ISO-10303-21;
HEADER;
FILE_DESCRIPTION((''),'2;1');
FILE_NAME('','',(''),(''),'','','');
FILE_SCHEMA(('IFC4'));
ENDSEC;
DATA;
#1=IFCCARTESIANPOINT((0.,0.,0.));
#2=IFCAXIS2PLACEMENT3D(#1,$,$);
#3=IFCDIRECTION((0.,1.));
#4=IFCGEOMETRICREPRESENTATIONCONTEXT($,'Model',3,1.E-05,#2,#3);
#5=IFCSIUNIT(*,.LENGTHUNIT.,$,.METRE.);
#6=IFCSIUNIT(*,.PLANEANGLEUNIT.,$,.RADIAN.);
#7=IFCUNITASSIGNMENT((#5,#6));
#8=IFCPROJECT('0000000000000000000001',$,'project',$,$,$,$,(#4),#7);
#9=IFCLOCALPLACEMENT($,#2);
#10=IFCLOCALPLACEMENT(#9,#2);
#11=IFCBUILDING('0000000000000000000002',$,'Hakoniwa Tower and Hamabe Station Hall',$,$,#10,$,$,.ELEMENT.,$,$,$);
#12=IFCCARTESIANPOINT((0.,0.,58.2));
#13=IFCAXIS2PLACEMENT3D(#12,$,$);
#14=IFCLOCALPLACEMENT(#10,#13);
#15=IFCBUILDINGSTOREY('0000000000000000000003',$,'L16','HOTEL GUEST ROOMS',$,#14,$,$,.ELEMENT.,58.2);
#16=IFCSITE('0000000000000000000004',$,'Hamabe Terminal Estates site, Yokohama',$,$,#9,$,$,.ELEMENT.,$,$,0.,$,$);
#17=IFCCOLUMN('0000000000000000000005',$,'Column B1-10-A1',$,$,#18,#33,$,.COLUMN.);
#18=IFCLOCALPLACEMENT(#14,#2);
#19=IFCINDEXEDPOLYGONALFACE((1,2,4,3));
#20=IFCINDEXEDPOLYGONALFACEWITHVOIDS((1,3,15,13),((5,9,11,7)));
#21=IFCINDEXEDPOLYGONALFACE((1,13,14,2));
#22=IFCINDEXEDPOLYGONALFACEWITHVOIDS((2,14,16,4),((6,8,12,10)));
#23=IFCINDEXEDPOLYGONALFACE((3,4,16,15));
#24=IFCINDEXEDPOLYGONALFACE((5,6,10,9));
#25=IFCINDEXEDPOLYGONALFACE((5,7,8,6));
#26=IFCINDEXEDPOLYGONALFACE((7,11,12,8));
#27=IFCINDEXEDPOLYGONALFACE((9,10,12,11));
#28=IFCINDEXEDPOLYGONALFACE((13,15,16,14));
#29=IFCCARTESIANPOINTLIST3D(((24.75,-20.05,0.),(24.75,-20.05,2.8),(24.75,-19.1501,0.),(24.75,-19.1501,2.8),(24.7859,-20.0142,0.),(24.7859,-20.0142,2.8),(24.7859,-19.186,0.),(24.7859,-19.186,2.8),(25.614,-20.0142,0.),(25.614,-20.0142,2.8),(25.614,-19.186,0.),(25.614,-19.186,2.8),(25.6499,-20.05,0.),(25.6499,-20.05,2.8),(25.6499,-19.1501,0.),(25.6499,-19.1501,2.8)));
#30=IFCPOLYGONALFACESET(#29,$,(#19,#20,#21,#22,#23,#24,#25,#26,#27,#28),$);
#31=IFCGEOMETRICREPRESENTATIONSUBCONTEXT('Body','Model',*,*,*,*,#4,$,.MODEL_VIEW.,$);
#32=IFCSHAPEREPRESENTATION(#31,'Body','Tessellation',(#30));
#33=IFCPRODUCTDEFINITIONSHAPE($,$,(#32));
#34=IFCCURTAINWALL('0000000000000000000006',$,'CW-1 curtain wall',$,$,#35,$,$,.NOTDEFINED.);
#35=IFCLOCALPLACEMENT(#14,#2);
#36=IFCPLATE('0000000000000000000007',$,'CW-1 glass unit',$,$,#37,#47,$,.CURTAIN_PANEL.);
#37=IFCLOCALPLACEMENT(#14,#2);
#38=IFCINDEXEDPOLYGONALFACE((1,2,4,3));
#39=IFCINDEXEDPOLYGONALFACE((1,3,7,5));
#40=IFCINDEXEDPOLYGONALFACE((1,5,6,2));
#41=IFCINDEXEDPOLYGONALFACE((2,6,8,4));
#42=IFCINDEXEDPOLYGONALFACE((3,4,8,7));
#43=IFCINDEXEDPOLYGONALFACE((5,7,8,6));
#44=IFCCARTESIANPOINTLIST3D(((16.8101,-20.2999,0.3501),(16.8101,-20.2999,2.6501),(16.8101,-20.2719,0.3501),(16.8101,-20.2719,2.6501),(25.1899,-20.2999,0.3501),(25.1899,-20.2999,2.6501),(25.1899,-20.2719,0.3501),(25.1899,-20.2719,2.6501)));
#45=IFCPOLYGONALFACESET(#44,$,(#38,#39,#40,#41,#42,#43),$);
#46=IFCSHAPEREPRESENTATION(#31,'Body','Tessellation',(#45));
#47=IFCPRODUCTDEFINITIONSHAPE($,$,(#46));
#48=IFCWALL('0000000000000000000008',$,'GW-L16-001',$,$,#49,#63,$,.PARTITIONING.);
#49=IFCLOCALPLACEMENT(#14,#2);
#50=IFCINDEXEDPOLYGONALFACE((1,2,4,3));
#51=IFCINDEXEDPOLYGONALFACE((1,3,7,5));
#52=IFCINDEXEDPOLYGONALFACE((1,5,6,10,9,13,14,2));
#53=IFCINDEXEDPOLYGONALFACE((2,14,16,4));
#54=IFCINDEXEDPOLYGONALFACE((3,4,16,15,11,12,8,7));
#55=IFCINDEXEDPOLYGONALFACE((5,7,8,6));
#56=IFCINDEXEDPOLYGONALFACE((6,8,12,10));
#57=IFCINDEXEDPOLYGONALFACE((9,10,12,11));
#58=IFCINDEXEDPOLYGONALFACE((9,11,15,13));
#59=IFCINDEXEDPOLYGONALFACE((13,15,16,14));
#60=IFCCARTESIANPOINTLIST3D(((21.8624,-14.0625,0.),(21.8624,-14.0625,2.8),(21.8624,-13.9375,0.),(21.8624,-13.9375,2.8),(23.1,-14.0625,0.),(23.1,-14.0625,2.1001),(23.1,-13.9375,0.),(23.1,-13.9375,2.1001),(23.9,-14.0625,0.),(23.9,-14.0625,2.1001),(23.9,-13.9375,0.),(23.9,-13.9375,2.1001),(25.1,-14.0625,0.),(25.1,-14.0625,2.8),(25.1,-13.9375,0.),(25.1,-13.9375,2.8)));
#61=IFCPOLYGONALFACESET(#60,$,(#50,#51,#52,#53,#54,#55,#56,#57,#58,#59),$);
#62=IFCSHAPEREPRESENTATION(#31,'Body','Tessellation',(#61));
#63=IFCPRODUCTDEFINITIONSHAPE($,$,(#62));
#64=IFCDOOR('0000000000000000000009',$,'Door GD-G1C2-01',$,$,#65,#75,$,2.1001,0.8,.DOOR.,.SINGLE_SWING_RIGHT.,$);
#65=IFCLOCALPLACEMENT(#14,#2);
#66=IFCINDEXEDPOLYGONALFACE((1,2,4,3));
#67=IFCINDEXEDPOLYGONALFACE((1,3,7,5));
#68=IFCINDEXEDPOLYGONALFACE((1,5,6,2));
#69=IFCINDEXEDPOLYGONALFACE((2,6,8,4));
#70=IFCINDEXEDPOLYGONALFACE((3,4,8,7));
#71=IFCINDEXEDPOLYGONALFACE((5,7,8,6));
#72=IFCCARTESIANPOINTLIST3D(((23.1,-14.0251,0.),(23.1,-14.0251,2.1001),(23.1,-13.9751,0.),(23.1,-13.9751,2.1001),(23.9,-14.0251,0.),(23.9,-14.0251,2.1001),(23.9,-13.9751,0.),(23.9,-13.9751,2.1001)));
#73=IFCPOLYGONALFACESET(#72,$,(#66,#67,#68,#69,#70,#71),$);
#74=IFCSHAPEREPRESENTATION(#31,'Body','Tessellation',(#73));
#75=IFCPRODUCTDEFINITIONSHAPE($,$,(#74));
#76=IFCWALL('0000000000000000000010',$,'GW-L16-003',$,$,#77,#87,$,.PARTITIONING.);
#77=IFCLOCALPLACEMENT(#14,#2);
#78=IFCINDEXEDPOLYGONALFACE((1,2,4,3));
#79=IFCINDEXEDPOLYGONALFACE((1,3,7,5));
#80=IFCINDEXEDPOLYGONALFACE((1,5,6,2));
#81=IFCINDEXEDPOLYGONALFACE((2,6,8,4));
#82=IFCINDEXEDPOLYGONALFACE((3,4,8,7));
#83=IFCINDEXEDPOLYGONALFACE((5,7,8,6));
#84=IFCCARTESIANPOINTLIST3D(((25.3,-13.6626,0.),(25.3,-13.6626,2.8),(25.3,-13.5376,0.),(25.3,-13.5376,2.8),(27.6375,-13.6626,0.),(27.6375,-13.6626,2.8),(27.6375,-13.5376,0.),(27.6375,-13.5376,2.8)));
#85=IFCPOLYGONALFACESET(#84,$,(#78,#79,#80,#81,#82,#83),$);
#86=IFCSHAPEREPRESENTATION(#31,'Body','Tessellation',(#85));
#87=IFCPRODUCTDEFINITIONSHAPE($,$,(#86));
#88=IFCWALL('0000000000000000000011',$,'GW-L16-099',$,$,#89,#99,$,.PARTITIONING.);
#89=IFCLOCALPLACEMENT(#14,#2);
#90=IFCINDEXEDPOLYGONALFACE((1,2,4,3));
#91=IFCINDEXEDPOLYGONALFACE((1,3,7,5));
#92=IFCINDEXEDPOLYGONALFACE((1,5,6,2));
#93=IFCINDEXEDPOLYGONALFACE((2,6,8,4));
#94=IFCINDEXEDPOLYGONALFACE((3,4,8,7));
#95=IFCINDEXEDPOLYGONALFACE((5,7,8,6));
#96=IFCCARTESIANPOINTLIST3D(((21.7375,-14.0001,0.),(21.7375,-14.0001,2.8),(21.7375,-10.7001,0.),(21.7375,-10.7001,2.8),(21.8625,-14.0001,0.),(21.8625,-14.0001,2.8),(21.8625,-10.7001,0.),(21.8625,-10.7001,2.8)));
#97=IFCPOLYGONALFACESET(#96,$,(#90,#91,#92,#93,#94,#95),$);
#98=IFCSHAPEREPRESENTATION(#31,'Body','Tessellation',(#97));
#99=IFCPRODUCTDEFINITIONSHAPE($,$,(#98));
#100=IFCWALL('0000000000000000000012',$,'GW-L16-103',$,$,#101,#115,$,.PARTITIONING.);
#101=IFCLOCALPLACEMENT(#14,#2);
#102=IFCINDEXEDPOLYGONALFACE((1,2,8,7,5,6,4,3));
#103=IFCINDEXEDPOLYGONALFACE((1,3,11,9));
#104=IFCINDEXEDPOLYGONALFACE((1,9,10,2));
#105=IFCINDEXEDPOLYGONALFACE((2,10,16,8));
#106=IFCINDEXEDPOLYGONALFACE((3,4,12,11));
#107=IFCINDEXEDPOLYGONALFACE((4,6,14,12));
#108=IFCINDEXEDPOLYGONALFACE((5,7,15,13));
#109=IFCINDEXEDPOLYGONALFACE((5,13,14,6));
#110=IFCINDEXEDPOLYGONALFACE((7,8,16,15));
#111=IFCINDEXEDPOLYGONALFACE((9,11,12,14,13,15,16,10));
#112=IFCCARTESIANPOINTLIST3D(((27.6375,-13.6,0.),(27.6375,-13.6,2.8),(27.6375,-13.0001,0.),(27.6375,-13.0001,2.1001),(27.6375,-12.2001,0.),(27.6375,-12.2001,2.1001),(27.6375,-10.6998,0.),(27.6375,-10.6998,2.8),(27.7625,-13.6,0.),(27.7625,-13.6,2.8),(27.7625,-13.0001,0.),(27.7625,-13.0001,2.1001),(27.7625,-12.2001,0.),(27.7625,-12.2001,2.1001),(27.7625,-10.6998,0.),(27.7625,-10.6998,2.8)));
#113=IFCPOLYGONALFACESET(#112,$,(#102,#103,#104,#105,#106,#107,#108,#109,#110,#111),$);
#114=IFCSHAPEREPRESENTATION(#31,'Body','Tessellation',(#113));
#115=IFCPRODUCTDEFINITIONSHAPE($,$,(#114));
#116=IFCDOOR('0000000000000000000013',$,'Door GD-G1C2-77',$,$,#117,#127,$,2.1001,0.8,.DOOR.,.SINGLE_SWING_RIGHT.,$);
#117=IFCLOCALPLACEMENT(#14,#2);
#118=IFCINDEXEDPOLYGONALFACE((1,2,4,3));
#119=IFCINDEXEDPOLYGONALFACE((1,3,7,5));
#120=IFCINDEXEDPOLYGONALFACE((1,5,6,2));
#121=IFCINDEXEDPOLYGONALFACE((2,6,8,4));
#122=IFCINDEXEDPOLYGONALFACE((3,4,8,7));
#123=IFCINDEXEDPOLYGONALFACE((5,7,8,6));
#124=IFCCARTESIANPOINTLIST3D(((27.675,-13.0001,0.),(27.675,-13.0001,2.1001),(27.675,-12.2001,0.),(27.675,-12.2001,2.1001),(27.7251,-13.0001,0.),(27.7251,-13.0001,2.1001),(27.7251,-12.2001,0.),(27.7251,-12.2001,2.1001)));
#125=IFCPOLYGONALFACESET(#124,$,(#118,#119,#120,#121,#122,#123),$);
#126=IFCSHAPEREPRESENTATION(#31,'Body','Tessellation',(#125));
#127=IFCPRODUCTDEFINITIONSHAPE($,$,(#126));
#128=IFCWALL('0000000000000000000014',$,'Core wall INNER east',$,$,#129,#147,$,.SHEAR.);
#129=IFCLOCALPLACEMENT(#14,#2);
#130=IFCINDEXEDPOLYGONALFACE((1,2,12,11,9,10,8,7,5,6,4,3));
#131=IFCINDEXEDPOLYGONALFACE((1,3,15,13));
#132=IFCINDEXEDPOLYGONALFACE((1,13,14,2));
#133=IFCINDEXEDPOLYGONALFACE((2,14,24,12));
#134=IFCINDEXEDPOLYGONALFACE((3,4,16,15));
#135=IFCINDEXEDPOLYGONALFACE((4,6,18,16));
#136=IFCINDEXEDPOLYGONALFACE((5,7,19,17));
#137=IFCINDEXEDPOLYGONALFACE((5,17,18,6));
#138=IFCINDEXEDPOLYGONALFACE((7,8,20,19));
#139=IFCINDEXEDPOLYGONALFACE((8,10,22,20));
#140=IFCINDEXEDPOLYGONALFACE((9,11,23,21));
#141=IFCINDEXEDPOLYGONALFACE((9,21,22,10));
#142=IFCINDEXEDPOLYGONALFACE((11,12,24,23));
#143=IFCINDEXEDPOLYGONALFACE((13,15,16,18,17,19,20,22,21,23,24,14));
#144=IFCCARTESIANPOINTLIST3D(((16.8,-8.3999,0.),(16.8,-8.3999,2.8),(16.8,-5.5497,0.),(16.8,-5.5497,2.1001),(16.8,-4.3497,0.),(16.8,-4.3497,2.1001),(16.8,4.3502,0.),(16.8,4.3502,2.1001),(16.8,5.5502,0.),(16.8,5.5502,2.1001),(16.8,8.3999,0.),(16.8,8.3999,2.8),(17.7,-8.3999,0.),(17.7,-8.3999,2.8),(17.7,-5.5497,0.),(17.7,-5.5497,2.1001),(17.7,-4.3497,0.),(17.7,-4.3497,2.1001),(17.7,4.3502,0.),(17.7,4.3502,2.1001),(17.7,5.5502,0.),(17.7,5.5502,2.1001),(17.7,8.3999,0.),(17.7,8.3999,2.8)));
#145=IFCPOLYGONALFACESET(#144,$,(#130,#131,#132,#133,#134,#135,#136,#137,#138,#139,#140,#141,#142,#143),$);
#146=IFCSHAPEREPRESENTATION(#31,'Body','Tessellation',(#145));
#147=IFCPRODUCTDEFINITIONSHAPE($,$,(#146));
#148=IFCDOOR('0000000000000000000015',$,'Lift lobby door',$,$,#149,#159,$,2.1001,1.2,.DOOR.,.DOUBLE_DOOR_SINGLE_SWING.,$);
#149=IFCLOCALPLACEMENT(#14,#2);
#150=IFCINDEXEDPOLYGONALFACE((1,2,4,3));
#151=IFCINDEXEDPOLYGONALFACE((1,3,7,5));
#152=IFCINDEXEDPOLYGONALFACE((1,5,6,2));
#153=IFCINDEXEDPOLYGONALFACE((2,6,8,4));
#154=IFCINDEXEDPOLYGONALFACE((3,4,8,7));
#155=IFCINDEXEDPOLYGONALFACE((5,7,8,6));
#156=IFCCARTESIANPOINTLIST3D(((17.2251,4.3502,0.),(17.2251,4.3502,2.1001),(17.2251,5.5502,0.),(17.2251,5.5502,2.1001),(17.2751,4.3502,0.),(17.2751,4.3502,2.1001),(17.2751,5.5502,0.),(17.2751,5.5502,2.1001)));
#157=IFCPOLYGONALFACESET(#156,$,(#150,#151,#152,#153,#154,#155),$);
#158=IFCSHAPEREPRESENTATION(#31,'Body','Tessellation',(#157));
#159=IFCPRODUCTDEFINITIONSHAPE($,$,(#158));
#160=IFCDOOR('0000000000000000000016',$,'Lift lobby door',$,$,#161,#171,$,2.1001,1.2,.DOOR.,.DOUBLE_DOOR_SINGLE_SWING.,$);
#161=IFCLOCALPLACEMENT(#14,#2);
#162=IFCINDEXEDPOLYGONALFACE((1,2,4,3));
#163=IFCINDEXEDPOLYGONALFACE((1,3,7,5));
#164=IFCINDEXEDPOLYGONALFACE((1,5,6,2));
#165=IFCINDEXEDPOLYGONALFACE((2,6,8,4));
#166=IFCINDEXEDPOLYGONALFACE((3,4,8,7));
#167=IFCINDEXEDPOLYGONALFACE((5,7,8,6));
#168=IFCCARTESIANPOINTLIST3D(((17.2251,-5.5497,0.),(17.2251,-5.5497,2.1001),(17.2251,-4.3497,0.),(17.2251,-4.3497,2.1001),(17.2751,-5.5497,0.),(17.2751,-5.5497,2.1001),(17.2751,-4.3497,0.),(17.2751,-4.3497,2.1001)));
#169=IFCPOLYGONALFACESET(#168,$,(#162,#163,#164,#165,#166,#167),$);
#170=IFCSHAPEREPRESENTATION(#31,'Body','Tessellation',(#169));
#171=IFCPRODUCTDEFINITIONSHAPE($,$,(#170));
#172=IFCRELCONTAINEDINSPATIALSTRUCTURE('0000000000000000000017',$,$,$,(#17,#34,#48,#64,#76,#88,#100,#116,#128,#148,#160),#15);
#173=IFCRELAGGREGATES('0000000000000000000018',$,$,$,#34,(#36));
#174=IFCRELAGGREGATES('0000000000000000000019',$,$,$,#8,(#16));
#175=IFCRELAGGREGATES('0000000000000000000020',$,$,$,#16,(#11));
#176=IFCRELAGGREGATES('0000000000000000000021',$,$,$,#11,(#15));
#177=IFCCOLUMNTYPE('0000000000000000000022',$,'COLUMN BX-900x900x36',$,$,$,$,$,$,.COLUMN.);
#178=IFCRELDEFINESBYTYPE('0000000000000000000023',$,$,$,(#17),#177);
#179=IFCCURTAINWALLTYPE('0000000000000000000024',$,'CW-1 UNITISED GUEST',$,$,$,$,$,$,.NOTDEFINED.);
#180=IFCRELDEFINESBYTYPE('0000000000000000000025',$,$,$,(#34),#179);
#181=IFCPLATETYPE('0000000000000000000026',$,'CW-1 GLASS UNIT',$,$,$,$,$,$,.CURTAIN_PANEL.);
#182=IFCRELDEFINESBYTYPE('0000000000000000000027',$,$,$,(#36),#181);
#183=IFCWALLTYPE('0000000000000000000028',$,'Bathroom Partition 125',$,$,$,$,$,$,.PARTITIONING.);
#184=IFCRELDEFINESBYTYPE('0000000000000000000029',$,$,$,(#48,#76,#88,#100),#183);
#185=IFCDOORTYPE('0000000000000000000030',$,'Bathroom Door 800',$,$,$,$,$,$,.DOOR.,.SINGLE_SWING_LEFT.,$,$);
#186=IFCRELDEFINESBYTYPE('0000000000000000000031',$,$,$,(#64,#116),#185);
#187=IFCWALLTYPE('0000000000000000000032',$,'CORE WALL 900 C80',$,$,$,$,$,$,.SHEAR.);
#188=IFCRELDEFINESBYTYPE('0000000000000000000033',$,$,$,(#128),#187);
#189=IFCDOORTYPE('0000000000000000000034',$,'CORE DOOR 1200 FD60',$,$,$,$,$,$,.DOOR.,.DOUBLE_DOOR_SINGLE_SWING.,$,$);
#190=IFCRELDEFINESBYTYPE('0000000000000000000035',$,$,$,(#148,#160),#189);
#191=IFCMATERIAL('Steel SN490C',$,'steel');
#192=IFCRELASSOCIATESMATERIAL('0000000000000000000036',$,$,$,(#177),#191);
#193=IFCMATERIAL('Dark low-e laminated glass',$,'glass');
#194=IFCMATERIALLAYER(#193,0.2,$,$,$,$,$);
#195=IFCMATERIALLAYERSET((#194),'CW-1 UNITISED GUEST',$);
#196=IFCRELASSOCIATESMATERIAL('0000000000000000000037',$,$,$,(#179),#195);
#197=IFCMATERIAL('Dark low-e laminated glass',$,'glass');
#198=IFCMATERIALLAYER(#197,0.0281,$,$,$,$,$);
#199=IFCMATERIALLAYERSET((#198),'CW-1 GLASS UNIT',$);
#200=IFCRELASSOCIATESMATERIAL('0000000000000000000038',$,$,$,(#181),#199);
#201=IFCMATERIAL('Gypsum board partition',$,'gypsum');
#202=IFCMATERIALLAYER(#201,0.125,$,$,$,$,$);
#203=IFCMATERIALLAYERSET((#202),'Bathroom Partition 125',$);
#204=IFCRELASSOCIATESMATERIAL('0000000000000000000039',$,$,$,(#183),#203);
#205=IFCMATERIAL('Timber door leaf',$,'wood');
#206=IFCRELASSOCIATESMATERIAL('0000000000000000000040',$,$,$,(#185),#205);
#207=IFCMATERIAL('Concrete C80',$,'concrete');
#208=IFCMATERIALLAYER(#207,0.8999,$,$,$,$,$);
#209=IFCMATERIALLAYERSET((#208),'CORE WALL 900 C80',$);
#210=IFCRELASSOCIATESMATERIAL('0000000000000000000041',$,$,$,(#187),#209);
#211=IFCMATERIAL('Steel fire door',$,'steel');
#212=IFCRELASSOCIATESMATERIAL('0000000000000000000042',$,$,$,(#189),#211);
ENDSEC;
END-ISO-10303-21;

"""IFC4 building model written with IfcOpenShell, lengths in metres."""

from ifc_helpers import new_model, si_unit, direction, frame, frame_2d, origin, origin_2d, place, context, subcontext, project, spatial, rectangle, hollow_rectangle, extrude, material, layer, layer_set, material_profile, profile_set, type_object, element, fill, aggregate, save


model = new_model("IFC4")

# Units and contexts
model_context = context("Model", 3, precision=1e-05, world=origin(), true_north=direction((0.0, 1.0)))
body_context = subcontext(model_context, "Body", "Model", "MODEL_VIEW")
ifc_project = project(units=[si_unit("LENGTHUNIT", "METRE"), si_unit("PLANEANGLEUNIT", "RADIAN")], contexts=[model_context])

# Site, building, storey
site_placement = place(None, origin())
site = spatial("IfcSite", under=ifc_project, at=site_placement, Name="Hamabe Terminal Estates site, Yokohama", CompositionType="ELEMENT", RefElevation=0.0)
building_placement = place(site_placement, origin())
building = spatial("IfcBuilding", under=site, at=building_placement, Name="Hakoniwa Tower and Hamabe Station Hall", CompositionType="ELEMENT")
storey_placement = place(building_placement, frame((0.0, 0.0, 58.2)))
storey = spatial("IfcBuildingStorey", under=building, at=storey_placement, Name="L16", Description="HOTEL GUEST ROOMS", CompositionType="ELEMENT", Elevation=58.2)

# Column
ifc_material_1 = material(Name="Steel SN490C", Category="steel")
ifc_material_profile = material_profile(ifc_material_1, hollow_rectangle(XDim=0.8999, YDim=0.8999, WallThickness=0.0359, at=origin_2d()), Name="BX-900x900x36")
ifc_profile_set = profile_set([ifc_material_profile], Name="Steel SN490C")
column_type = type_object("IfcColumnType", Name="COLUMN BX-900x900x36", PredefinedType="COLUMN", material=ifc_profile_set)
column_placement = place(storey_placement, frame((25.2, -19.6001, 0.0), z_axis=(0.0, 0.0, 1.0), x_axis=(1.0, 0.0, 0.0)))
element("IfcColumn", 1, at=column_placement, inside=storey, type_object=column_type, Name="Column B1-10-A1", PredefinedType="COLUMN", context=body_context, shape_type="SweptSolid", body=[
    extrude(hollow_rectangle(XDim=0.8999, YDim=0.8999, WallThickness=0.0359, at=origin_2d()), origin(), (0.0, 0.0, 1.0), 2.8),
])

# Curtain wall, plate
ifc_material_2 = material(Name="Dark low-e laminated glass", Category="glass")
ifc_layer_1 = layer(ifc_material_2, 0.2)
ifc_layer_set_1 = layer_set([ifc_layer_1], Name="CW-1 UNITISED GUEST")
curtain_wall_type = type_object("IfcCurtainWallType", Name="CW-1 UNITISED GUEST", PredefinedType="NOTDEFINED", material=ifc_layer_set_1)
curtain_wall_placement = place(storey_placement, origin())
curtain_wall = element("IfcCurtainWall", 2, at=curtain_wall_placement, inside=storey, type_object=curtain_wall_type, Name="CW-1 curtain wall", PredefinedType="NOTDEFINED")
ifc_material_3 = material(Name="Dark low-e laminated glass", Category="glass")
ifc_layer_2 = layer(ifc_material_3, 0.0281)
ifc_layer_set_2 = layer_set([ifc_layer_2], Name="CW-1 GLASS UNIT")
plate_type = type_object("IfcPlateType", Name="CW-1 GLASS UNIT", PredefinedType="CURTAIN_PANEL", material=ifc_layer_set_2)
plate_placement = place(storey_placement, frame((21.0, -20.2859, 0.3501), z_axis=(0.0, 0.0, 1.0), x_axis=(1.0, 0.0, 0.0)))
plate = element("IfcPlate", 3, at=plate_placement, type_object=plate_type, Name="CW-1 glass unit", PredefinedType="CURTAIN_PANEL", context=body_context, shape_type="SweptSolid", body=[
    extrude(rectangle(XDim=8.3799, YDim=0.0281, at=origin_2d()), origin(), (0.0, 0.0, 1.0), 2.3),
])
aggregate(curtain_wall, [plate])

# Wall, opening, door
ifc_material_4 = material(Name="Gypsum board partition", Category="gypsum")
ifc_layer_3 = layer(ifc_material_4, 0.125)
ifc_layer_set_3 = layer_set([ifc_layer_3], Name="Bathroom Partition 125")
wall_type_1 = type_object("IfcWallType", Name="Bathroom Partition 125", PredefinedType="PARTITIONING", material=ifc_layer_set_3)
wall_1_placement = place(storey_placement, frame((21.8625, -14.0, 0.0), z_axis=(0.0, 0.0, 1.0), x_axis=(1.0, 0.0, 0.0)))
wall_1 = element("IfcWall", 4, at=wall_1_placement, inside=storey, type_object=wall_type_1, Name="GW-L16-001", PredefinedType="PARTITIONING", context=body_context, shape_type="SweptSolid", body=[
    extrude(rectangle(XDim=3.2375, YDim=0.125, at=frame_2d((1.6187, 0.0))), origin(), (0.0, 0.0, 1.0), 2.8),
])
opening_1_placement = place(wall_1_placement, frame((1.2375, 0.0, 0.0)))
opening_1 = element("IfcOpeningElement", 5, at=opening_1_placement, cuts=wall_1, PredefinedType="OPENING", context=body_context, shape_type="SweptSolid", body=[
    extrude(rectangle(XDim=0.8, YDim=2.1001, at=frame_2d((0.3999, 1.05))), frame((0.0, 0.0725, 0.0), z_axis=(0.0, -1.0, 0.0), x_axis=(1.0, 0.0, 0.0)), (0.0, 0.0, 1.0), 0.145),
])
ifc_material_5 = material(Name="Timber door leaf", Category="wood")
door_type_1 = type_object("IfcDoorType", Name="Bathroom Door 800", OperationType="SINGLE_SWING_LEFT", PredefinedType="DOOR", material=ifc_material_5)
door_1_placement = place(opening_1_placement, origin())
door_1 = element("IfcDoor", 6, at=door_1_placement, inside=storey, type_object=door_type_1, Name="Door GD-G1C2-01", OperationType="SINGLE_SWING_RIGHT", OverallHeight=2.1001, OverallWidth=0.8, PredefinedType="DOOR", context=body_context, shape_type="SweptSolid", body=[
    extrude(rectangle(XDim=0.8, YDim=2.1001, at=frame_2d((0.3999, 1.05))), frame((0.0, 0.0249, 0.0), z_axis=(0.0, -1.0, 0.0), x_axis=(1.0, 0.0, 0.0)), (0.0, 0.0, 1.0), 0.05),
])
fill(opening_1, door_1)

# Walls
wall_2_placement = place(storey_placement, frame((25.3, -13.6001, 0.0), z_axis=(0.0, 0.0, 1.0), x_axis=(1.0, 0.0, 0.0)))
element("IfcWall", 7, at=wall_2_placement, inside=storey, type_object=wall_type_1, Name="GW-L16-003", PredefinedType="PARTITIONING", context=body_context, shape_type="SweptSolid", body=[
    extrude(rectangle(XDim=2.3374, YDim=0.125, at=frame_2d((1.1687, 0.0))), origin(), (0.0, 0.0, 1.0), 2.8),
])
wall_3_placement = place(storey_placement, frame((21.8, -14.0, 0.0), z_axis=(0.0, 0.0, 1.0), x_axis=(0.0, 1.0, 0.0)))
element("IfcWall", 8, at=wall_3_placement, inside=storey, type_object=wall_type_1, Name="GW-L16-099", PredefinedType="PARTITIONING", context=body_context, shape_type="SweptSolid", body=[
    extrude(rectangle(XDim=3.3, YDim=0.125, at=frame_2d((1.6499, 0.0))), origin(), (0.0, 0.0, 1.0), 2.8),
])

# Wall, opening, door
wall_4_placement = place(storey_placement, frame((27.7, -13.6001, 0.0), z_axis=(0.0, 0.0, 1.0), x_axis=(0.0, 1.0, 0.0)))
wall_4 = element("IfcWall", 9, at=wall_4_placement, inside=storey, type_object=wall_type_1, Name="GW-L16-103", PredefinedType="PARTITIONING", context=body_context, shape_type="SweptSolid", body=[
    extrude(rectangle(XDim=2.9001, YDim=0.125, at=frame_2d((1.4502, 0.0))), origin(), (0.0, 0.0, 1.0), 2.8),
])
opening_2_placement = place(wall_4_placement, frame((0.6001, 0.0, 0.0)))
opening_2 = element("IfcOpeningElement", 10, at=opening_2_placement, cuts=wall_4, PredefinedType="OPENING", context=body_context, shape_type="SweptSolid", body=[
    extrude(rectangle(XDim=0.8, YDim=2.1001, at=frame_2d((0.3999, 1.05))), frame((0.0, 0.0725, 0.0), z_axis=(0.0, -1.0, 0.0), x_axis=(1.0, 0.0, 0.0)), (0.0, 0.0, 1.0), 0.145),
])
door_2_placement = place(opening_2_placement, origin())
door_2 = element("IfcDoor", 11, at=door_2_placement, inside=storey, type_object=door_type_1, Name="Door GD-G1C2-77", OperationType="SINGLE_SWING_RIGHT", OverallHeight=2.1001, OverallWidth=0.8, PredefinedType="DOOR", context=body_context, shape_type="SweptSolid", body=[
    extrude(rectangle(XDim=0.8, YDim=2.1001, at=frame_2d((0.3999, 1.05))), frame((0.0, 0.0249, 0.0), z_axis=(0.0, -1.0, 0.0), x_axis=(1.0, 0.0, 0.0)), (0.0, 0.0, 1.0), 0.05),
])
fill(opening_2, door_2)

# Wall, openings, doors
ifc_material_6 = material(Name="Concrete C80", Category="concrete")
ifc_layer_4 = layer(ifc_material_6, 0.8999)
ifc_layer_set_4 = layer_set([ifc_layer_4], Name="CORE WALL 900 C80")
wall_type_2 = type_object("IfcWallType", Name="CORE WALL 900 C80", PredefinedType="SHEAR", material=ifc_layer_set_4)
wall_5_placement = place(storey_placement, frame((17.25, -8.3999, 0.0), z_axis=(0.0, 0.0, 1.0), x_axis=(0.0, 1.0, 0.0)))
wall_5 = element("IfcWall", 12, at=wall_5_placement, inside=storey, type_object=wall_type_2, Name="Core wall INNER east", PredefinedType="SHEAR", context=body_context, shape_type="SweptSolid", body=[
    extrude(rectangle(XDim=16.7998, YDim=0.8999, at=frame_2d((8.3999, 0.0))), origin(), (0.0, 0.0, 1.0), 2.8),
])
opening_3_placement = place(wall_5_placement, frame((12.75, 0.0, 0.0)))
opening_3 = element("IfcOpeningElement", 13, at=opening_3_placement, cuts=wall_5, PredefinedType="OPENING", context=body_context, shape_type="SweptSolid", body=[
    extrude(rectangle(XDim=1.2, YDim=2.1001, at=frame_2d((0.6001, 1.05))), frame((0.0, 0.46, 0.0), z_axis=(0.0, -1.0, 0.0), x_axis=(1.0, 0.0, 0.0)), (0.0, 0.0, 1.0), 0.9199),
])
opening_4_placement = place(wall_5_placement, frame((2.8501, 0.0, 0.0)))
opening_4 = element("IfcOpeningElement", 14, at=opening_4_placement, cuts=wall_5, PredefinedType="OPENING", context=body_context, shape_type="SweptSolid", body=[
    extrude(rectangle(XDim=1.2, YDim=2.1001, at=frame_2d((0.6001, 1.05))), frame((0.0, 0.46, 0.0), z_axis=(0.0, -1.0, 0.0), x_axis=(1.0, 0.0, 0.0)), (0.0, 0.0, 1.0), 0.9199),
])
ifc_material_7 = material(Name="Steel fire door", Category="steel")
door_type_2 = type_object("IfcDoorType", Name="CORE DOOR 1200 FD60", OperationType="DOUBLE_DOOR_SINGLE_SWING", PredefinedType="DOOR", material=ifc_material_7)
door_3_placement = place(opening_3_placement, origin())
door_3 = element("IfcDoor", 15, at=door_3_placement, inside=storey, type_object=door_type_2, Name="Lift lobby door", OperationType="DOUBLE_DOOR_SINGLE_SWING", OverallHeight=2.1001, OverallWidth=1.2, PredefinedType="DOOR", context=body_context, shape_type="SweptSolid", body=[
    extrude(rectangle(XDim=1.2, YDim=2.1001, at=frame_2d((0.6001, 1.05))), frame((0.0, 0.0249, 0.0), z_axis=(0.0, -1.0, 0.0), x_axis=(1.0, 0.0, 0.0)), (0.0, 0.0, 1.0), 0.05),
])
fill(opening_3, door_3)
door_4_placement = place(opening_4_placement, origin())
door_4 = element("IfcDoor", 16, at=door_4_placement, inside=storey, type_object=door_type_2, Name="Lift lobby door", OperationType="DOUBLE_DOOR_SINGLE_SWING", OverallHeight=2.1001, OverallWidth=1.2, PredefinedType="DOOR", context=body_context, shape_type="SweptSolid", body=[
    extrude(rectangle(XDim=1.2, YDim=2.1001, at=frame_2d((0.6001, 1.05))), frame((0.0, 0.0249, 0.0), z_axis=(0.0, -1.0, 0.0), x_axis=(1.0, 0.0, 0.0)), (0.0, 0.0, 1.0), 0.05),
])
fill(opening_4, door_4)

save(model, "model.ifc")
